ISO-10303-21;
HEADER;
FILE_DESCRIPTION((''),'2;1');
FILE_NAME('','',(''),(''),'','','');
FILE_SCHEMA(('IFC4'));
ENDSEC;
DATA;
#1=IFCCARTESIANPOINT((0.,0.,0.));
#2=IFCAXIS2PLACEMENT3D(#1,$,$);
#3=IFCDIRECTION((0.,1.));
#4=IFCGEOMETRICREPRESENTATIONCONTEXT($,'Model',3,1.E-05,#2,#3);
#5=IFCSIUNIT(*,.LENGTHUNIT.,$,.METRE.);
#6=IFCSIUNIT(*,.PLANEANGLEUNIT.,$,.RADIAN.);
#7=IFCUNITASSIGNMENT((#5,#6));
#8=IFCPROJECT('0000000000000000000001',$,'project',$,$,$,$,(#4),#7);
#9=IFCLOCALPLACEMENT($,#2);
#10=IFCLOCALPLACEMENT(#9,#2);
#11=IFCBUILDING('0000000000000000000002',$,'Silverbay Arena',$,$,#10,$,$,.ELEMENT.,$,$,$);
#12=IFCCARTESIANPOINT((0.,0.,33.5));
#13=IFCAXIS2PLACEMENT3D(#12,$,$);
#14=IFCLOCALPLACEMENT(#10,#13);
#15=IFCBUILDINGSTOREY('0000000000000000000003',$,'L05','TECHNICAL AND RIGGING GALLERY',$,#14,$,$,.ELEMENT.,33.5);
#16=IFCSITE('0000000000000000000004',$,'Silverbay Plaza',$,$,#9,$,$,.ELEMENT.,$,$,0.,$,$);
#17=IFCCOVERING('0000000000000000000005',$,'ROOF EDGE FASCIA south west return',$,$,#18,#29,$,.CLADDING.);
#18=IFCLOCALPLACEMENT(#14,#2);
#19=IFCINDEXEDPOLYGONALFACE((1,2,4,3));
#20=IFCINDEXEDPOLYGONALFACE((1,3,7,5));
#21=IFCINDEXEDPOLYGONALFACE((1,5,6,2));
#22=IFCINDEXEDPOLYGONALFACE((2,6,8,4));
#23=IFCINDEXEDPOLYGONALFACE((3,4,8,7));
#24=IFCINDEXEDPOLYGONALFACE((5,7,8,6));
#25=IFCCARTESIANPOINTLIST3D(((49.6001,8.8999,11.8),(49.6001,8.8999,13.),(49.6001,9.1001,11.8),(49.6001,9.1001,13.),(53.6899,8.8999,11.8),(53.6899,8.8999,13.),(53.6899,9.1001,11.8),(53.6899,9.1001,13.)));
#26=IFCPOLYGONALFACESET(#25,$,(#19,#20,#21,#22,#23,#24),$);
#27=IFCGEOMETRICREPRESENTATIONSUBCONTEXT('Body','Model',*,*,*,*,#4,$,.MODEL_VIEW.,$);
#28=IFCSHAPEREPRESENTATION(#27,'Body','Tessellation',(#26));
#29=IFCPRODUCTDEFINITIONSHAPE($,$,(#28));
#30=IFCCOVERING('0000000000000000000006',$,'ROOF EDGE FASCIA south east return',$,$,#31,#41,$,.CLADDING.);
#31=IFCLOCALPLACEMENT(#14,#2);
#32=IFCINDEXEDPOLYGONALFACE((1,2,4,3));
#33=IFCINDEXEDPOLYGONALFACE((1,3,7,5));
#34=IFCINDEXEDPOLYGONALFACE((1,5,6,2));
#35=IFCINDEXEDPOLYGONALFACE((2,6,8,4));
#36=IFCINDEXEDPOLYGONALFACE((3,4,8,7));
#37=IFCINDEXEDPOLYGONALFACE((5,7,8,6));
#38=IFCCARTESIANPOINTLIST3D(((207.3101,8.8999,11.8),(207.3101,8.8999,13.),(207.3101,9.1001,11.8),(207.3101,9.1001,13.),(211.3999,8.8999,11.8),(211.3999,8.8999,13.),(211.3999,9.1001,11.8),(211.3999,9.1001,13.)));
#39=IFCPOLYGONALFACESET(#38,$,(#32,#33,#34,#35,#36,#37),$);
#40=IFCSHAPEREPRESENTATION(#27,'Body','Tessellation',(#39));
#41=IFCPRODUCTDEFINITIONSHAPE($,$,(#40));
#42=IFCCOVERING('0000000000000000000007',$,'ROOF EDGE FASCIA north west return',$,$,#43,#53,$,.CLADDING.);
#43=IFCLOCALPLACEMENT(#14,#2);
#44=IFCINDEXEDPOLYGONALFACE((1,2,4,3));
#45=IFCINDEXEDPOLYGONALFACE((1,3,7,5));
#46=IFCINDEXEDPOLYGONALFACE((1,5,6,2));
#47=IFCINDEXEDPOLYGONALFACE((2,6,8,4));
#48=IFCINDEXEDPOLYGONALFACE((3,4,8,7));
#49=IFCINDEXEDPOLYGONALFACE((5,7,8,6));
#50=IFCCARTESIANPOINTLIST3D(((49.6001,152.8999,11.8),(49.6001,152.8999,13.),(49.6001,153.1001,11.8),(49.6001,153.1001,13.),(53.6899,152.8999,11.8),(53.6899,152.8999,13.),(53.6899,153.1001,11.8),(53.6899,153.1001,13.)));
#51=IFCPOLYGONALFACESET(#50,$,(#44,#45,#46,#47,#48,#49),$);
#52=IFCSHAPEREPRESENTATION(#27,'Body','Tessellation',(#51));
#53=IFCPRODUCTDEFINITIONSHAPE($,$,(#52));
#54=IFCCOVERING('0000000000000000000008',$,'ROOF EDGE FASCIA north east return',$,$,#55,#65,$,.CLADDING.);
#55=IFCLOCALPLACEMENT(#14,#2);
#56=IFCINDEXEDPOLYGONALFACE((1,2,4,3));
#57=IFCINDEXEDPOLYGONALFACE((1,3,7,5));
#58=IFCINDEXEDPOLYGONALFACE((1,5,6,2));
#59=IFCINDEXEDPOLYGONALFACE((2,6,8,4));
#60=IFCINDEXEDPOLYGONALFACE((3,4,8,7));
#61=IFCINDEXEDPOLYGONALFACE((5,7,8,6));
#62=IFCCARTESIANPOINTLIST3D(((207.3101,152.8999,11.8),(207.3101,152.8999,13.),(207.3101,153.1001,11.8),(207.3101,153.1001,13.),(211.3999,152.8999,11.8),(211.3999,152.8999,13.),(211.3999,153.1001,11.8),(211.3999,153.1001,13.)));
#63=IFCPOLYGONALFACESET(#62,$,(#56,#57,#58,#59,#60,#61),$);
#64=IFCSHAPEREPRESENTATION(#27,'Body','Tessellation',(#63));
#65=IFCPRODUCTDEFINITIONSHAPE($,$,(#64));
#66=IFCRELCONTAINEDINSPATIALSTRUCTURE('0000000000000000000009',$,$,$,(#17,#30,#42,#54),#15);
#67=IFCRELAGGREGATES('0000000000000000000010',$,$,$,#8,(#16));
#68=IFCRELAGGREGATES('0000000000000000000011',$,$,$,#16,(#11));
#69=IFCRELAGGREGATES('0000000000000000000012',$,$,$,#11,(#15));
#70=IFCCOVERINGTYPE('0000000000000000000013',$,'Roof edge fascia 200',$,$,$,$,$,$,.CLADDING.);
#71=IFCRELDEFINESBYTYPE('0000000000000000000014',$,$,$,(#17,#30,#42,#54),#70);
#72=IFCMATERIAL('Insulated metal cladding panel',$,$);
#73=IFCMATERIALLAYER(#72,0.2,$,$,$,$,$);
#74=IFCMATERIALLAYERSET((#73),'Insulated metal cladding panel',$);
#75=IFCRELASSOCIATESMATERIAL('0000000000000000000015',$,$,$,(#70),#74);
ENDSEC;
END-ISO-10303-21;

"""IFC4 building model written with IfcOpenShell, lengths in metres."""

from ifc_helpers import new_model, si_unit, direction, frame, origin, place, context, subcontext, project, spatial, polyline, outline, extrude, material, layer, layer_set, type_object, element, save


model = new_model("IFC4")

# Units and contexts
model_context = context("Model", 3, precision=1e-05, world=origin(), true_north=direction((0.0, 1.0)))
body_context = subcontext(model_context, "Body", "Model", "MODEL_VIEW")
ifc_project = project(units=[si_unit("LENGTHUNIT", "METRE"), si_unit("PLANEANGLEUNIT", "RADIAN")], contexts=[model_context])

# Site, building, storey
site_placement = place(None, origin())
site = spatial("IfcSite", under=ifc_project, at=site_placement, Name="Silverbay Plaza", CompositionType="ELEMENT", RefElevation=0.0)
building_placement = place(site_placement, origin())
building = spatial("IfcBuilding", under=site, at=building_placement, Name="Silverbay Arena", CompositionType="ELEMENT")
storey_placement = place(building_placement, frame((0.0, 0.0, 33.5)))
storey = spatial("IfcBuildingStorey", under=building, at=storey_placement, Name="L05", Description="TECHNICAL AND RIGGING GALLERY", CompositionType="ELEMENT", Elevation=33.5)

# Coverings
ifc_material_1 = material(Name="Insulated metal cladding panel")
ifc_layer_1 = layer(ifc_material_1, 0.2)
ifc_layer_set_1 = layer_set([ifc_layer_1], Name="Insulated metal cladding panel")
covering_type_1 = type_object("IfcCoveringType", Name="Roof edge fascia 200", PredefinedType="CLADDING", material=ifc_layer_set_1)
covering_1_placement = place(storey_placement, frame((0.0, 0.0, 11.8)))
element("IfcCovering", 1, at=covering_1_placement, inside=storey, type_object=covering_type_1, Name="ROOF EDGE FASCIA south west return", PredefinedType="CLADDING", context=body_context, shape_type="SweptSolid", body=[
    extrude(outline(polyline([(49.6001, 8.8999), (53.6899, 8.8999), (53.6899, 9.1001), (49.6001, 9.1001), (49.6001, 8.8999)])), origin(), (0.0, 0.0, 1.0), 1.2),
])
covering_2_placement = place(storey_placement, frame((0.0, 0.0, 11.8)))
element("IfcCovering", 2, at=covering_2_placement, inside=storey, type_object=covering_type_1, Name="ROOF EDGE FASCIA south east return", PredefinedType="CLADDING", context=body_context, shape_type="SweptSolid", body=[
    extrude(outline(polyline([(207.3101, 8.8999), (211.3999, 8.8999), (211.3999, 9.1001), (207.3101, 9.1001), (207.3101, 8.8999)])), origin(), (0.0, 0.0, 1.0), 1.2),
])
covering_3_placement = place(storey_placement, frame((0.0, 0.0, 11.8)))
element("IfcCovering", 3, at=covering_3_placement, inside=storey, type_object=covering_type_1, Name="ROOF EDGE FASCIA north west return", PredefinedType="CLADDING", context=body_context, shape_type="SweptSolid", body=[
    extrude(outline(polyline([(49.6001, 152.8999), (53.6899, 152.8999), (53.6899, 153.1001), (49.6001, 153.1001), (49.6001, 152.8999)])), origin(), (0.0, 0.0, 1.0), 1.2),
])
covering_4_placement = place(storey_placement, frame((0.0, 0.0, 11.8)))
element("IfcCovering", 4, at=covering_4_placement, inside=storey, type_object=covering_type_1, Name="ROOF EDGE FASCIA north east return", PredefinedType="CLADDING", context=body_context, shape_type="SweptSolid", body=[
    extrude(outline(polyline([(207.3101, 152.8999), (211.3999, 152.8999), (211.3999, 153.1001), (207.3101, 153.1001), (207.3101, 152.8999)])), origin(), (0.0, 0.0, 1.0), 1.2),
])

save(model, "model.ifc")
